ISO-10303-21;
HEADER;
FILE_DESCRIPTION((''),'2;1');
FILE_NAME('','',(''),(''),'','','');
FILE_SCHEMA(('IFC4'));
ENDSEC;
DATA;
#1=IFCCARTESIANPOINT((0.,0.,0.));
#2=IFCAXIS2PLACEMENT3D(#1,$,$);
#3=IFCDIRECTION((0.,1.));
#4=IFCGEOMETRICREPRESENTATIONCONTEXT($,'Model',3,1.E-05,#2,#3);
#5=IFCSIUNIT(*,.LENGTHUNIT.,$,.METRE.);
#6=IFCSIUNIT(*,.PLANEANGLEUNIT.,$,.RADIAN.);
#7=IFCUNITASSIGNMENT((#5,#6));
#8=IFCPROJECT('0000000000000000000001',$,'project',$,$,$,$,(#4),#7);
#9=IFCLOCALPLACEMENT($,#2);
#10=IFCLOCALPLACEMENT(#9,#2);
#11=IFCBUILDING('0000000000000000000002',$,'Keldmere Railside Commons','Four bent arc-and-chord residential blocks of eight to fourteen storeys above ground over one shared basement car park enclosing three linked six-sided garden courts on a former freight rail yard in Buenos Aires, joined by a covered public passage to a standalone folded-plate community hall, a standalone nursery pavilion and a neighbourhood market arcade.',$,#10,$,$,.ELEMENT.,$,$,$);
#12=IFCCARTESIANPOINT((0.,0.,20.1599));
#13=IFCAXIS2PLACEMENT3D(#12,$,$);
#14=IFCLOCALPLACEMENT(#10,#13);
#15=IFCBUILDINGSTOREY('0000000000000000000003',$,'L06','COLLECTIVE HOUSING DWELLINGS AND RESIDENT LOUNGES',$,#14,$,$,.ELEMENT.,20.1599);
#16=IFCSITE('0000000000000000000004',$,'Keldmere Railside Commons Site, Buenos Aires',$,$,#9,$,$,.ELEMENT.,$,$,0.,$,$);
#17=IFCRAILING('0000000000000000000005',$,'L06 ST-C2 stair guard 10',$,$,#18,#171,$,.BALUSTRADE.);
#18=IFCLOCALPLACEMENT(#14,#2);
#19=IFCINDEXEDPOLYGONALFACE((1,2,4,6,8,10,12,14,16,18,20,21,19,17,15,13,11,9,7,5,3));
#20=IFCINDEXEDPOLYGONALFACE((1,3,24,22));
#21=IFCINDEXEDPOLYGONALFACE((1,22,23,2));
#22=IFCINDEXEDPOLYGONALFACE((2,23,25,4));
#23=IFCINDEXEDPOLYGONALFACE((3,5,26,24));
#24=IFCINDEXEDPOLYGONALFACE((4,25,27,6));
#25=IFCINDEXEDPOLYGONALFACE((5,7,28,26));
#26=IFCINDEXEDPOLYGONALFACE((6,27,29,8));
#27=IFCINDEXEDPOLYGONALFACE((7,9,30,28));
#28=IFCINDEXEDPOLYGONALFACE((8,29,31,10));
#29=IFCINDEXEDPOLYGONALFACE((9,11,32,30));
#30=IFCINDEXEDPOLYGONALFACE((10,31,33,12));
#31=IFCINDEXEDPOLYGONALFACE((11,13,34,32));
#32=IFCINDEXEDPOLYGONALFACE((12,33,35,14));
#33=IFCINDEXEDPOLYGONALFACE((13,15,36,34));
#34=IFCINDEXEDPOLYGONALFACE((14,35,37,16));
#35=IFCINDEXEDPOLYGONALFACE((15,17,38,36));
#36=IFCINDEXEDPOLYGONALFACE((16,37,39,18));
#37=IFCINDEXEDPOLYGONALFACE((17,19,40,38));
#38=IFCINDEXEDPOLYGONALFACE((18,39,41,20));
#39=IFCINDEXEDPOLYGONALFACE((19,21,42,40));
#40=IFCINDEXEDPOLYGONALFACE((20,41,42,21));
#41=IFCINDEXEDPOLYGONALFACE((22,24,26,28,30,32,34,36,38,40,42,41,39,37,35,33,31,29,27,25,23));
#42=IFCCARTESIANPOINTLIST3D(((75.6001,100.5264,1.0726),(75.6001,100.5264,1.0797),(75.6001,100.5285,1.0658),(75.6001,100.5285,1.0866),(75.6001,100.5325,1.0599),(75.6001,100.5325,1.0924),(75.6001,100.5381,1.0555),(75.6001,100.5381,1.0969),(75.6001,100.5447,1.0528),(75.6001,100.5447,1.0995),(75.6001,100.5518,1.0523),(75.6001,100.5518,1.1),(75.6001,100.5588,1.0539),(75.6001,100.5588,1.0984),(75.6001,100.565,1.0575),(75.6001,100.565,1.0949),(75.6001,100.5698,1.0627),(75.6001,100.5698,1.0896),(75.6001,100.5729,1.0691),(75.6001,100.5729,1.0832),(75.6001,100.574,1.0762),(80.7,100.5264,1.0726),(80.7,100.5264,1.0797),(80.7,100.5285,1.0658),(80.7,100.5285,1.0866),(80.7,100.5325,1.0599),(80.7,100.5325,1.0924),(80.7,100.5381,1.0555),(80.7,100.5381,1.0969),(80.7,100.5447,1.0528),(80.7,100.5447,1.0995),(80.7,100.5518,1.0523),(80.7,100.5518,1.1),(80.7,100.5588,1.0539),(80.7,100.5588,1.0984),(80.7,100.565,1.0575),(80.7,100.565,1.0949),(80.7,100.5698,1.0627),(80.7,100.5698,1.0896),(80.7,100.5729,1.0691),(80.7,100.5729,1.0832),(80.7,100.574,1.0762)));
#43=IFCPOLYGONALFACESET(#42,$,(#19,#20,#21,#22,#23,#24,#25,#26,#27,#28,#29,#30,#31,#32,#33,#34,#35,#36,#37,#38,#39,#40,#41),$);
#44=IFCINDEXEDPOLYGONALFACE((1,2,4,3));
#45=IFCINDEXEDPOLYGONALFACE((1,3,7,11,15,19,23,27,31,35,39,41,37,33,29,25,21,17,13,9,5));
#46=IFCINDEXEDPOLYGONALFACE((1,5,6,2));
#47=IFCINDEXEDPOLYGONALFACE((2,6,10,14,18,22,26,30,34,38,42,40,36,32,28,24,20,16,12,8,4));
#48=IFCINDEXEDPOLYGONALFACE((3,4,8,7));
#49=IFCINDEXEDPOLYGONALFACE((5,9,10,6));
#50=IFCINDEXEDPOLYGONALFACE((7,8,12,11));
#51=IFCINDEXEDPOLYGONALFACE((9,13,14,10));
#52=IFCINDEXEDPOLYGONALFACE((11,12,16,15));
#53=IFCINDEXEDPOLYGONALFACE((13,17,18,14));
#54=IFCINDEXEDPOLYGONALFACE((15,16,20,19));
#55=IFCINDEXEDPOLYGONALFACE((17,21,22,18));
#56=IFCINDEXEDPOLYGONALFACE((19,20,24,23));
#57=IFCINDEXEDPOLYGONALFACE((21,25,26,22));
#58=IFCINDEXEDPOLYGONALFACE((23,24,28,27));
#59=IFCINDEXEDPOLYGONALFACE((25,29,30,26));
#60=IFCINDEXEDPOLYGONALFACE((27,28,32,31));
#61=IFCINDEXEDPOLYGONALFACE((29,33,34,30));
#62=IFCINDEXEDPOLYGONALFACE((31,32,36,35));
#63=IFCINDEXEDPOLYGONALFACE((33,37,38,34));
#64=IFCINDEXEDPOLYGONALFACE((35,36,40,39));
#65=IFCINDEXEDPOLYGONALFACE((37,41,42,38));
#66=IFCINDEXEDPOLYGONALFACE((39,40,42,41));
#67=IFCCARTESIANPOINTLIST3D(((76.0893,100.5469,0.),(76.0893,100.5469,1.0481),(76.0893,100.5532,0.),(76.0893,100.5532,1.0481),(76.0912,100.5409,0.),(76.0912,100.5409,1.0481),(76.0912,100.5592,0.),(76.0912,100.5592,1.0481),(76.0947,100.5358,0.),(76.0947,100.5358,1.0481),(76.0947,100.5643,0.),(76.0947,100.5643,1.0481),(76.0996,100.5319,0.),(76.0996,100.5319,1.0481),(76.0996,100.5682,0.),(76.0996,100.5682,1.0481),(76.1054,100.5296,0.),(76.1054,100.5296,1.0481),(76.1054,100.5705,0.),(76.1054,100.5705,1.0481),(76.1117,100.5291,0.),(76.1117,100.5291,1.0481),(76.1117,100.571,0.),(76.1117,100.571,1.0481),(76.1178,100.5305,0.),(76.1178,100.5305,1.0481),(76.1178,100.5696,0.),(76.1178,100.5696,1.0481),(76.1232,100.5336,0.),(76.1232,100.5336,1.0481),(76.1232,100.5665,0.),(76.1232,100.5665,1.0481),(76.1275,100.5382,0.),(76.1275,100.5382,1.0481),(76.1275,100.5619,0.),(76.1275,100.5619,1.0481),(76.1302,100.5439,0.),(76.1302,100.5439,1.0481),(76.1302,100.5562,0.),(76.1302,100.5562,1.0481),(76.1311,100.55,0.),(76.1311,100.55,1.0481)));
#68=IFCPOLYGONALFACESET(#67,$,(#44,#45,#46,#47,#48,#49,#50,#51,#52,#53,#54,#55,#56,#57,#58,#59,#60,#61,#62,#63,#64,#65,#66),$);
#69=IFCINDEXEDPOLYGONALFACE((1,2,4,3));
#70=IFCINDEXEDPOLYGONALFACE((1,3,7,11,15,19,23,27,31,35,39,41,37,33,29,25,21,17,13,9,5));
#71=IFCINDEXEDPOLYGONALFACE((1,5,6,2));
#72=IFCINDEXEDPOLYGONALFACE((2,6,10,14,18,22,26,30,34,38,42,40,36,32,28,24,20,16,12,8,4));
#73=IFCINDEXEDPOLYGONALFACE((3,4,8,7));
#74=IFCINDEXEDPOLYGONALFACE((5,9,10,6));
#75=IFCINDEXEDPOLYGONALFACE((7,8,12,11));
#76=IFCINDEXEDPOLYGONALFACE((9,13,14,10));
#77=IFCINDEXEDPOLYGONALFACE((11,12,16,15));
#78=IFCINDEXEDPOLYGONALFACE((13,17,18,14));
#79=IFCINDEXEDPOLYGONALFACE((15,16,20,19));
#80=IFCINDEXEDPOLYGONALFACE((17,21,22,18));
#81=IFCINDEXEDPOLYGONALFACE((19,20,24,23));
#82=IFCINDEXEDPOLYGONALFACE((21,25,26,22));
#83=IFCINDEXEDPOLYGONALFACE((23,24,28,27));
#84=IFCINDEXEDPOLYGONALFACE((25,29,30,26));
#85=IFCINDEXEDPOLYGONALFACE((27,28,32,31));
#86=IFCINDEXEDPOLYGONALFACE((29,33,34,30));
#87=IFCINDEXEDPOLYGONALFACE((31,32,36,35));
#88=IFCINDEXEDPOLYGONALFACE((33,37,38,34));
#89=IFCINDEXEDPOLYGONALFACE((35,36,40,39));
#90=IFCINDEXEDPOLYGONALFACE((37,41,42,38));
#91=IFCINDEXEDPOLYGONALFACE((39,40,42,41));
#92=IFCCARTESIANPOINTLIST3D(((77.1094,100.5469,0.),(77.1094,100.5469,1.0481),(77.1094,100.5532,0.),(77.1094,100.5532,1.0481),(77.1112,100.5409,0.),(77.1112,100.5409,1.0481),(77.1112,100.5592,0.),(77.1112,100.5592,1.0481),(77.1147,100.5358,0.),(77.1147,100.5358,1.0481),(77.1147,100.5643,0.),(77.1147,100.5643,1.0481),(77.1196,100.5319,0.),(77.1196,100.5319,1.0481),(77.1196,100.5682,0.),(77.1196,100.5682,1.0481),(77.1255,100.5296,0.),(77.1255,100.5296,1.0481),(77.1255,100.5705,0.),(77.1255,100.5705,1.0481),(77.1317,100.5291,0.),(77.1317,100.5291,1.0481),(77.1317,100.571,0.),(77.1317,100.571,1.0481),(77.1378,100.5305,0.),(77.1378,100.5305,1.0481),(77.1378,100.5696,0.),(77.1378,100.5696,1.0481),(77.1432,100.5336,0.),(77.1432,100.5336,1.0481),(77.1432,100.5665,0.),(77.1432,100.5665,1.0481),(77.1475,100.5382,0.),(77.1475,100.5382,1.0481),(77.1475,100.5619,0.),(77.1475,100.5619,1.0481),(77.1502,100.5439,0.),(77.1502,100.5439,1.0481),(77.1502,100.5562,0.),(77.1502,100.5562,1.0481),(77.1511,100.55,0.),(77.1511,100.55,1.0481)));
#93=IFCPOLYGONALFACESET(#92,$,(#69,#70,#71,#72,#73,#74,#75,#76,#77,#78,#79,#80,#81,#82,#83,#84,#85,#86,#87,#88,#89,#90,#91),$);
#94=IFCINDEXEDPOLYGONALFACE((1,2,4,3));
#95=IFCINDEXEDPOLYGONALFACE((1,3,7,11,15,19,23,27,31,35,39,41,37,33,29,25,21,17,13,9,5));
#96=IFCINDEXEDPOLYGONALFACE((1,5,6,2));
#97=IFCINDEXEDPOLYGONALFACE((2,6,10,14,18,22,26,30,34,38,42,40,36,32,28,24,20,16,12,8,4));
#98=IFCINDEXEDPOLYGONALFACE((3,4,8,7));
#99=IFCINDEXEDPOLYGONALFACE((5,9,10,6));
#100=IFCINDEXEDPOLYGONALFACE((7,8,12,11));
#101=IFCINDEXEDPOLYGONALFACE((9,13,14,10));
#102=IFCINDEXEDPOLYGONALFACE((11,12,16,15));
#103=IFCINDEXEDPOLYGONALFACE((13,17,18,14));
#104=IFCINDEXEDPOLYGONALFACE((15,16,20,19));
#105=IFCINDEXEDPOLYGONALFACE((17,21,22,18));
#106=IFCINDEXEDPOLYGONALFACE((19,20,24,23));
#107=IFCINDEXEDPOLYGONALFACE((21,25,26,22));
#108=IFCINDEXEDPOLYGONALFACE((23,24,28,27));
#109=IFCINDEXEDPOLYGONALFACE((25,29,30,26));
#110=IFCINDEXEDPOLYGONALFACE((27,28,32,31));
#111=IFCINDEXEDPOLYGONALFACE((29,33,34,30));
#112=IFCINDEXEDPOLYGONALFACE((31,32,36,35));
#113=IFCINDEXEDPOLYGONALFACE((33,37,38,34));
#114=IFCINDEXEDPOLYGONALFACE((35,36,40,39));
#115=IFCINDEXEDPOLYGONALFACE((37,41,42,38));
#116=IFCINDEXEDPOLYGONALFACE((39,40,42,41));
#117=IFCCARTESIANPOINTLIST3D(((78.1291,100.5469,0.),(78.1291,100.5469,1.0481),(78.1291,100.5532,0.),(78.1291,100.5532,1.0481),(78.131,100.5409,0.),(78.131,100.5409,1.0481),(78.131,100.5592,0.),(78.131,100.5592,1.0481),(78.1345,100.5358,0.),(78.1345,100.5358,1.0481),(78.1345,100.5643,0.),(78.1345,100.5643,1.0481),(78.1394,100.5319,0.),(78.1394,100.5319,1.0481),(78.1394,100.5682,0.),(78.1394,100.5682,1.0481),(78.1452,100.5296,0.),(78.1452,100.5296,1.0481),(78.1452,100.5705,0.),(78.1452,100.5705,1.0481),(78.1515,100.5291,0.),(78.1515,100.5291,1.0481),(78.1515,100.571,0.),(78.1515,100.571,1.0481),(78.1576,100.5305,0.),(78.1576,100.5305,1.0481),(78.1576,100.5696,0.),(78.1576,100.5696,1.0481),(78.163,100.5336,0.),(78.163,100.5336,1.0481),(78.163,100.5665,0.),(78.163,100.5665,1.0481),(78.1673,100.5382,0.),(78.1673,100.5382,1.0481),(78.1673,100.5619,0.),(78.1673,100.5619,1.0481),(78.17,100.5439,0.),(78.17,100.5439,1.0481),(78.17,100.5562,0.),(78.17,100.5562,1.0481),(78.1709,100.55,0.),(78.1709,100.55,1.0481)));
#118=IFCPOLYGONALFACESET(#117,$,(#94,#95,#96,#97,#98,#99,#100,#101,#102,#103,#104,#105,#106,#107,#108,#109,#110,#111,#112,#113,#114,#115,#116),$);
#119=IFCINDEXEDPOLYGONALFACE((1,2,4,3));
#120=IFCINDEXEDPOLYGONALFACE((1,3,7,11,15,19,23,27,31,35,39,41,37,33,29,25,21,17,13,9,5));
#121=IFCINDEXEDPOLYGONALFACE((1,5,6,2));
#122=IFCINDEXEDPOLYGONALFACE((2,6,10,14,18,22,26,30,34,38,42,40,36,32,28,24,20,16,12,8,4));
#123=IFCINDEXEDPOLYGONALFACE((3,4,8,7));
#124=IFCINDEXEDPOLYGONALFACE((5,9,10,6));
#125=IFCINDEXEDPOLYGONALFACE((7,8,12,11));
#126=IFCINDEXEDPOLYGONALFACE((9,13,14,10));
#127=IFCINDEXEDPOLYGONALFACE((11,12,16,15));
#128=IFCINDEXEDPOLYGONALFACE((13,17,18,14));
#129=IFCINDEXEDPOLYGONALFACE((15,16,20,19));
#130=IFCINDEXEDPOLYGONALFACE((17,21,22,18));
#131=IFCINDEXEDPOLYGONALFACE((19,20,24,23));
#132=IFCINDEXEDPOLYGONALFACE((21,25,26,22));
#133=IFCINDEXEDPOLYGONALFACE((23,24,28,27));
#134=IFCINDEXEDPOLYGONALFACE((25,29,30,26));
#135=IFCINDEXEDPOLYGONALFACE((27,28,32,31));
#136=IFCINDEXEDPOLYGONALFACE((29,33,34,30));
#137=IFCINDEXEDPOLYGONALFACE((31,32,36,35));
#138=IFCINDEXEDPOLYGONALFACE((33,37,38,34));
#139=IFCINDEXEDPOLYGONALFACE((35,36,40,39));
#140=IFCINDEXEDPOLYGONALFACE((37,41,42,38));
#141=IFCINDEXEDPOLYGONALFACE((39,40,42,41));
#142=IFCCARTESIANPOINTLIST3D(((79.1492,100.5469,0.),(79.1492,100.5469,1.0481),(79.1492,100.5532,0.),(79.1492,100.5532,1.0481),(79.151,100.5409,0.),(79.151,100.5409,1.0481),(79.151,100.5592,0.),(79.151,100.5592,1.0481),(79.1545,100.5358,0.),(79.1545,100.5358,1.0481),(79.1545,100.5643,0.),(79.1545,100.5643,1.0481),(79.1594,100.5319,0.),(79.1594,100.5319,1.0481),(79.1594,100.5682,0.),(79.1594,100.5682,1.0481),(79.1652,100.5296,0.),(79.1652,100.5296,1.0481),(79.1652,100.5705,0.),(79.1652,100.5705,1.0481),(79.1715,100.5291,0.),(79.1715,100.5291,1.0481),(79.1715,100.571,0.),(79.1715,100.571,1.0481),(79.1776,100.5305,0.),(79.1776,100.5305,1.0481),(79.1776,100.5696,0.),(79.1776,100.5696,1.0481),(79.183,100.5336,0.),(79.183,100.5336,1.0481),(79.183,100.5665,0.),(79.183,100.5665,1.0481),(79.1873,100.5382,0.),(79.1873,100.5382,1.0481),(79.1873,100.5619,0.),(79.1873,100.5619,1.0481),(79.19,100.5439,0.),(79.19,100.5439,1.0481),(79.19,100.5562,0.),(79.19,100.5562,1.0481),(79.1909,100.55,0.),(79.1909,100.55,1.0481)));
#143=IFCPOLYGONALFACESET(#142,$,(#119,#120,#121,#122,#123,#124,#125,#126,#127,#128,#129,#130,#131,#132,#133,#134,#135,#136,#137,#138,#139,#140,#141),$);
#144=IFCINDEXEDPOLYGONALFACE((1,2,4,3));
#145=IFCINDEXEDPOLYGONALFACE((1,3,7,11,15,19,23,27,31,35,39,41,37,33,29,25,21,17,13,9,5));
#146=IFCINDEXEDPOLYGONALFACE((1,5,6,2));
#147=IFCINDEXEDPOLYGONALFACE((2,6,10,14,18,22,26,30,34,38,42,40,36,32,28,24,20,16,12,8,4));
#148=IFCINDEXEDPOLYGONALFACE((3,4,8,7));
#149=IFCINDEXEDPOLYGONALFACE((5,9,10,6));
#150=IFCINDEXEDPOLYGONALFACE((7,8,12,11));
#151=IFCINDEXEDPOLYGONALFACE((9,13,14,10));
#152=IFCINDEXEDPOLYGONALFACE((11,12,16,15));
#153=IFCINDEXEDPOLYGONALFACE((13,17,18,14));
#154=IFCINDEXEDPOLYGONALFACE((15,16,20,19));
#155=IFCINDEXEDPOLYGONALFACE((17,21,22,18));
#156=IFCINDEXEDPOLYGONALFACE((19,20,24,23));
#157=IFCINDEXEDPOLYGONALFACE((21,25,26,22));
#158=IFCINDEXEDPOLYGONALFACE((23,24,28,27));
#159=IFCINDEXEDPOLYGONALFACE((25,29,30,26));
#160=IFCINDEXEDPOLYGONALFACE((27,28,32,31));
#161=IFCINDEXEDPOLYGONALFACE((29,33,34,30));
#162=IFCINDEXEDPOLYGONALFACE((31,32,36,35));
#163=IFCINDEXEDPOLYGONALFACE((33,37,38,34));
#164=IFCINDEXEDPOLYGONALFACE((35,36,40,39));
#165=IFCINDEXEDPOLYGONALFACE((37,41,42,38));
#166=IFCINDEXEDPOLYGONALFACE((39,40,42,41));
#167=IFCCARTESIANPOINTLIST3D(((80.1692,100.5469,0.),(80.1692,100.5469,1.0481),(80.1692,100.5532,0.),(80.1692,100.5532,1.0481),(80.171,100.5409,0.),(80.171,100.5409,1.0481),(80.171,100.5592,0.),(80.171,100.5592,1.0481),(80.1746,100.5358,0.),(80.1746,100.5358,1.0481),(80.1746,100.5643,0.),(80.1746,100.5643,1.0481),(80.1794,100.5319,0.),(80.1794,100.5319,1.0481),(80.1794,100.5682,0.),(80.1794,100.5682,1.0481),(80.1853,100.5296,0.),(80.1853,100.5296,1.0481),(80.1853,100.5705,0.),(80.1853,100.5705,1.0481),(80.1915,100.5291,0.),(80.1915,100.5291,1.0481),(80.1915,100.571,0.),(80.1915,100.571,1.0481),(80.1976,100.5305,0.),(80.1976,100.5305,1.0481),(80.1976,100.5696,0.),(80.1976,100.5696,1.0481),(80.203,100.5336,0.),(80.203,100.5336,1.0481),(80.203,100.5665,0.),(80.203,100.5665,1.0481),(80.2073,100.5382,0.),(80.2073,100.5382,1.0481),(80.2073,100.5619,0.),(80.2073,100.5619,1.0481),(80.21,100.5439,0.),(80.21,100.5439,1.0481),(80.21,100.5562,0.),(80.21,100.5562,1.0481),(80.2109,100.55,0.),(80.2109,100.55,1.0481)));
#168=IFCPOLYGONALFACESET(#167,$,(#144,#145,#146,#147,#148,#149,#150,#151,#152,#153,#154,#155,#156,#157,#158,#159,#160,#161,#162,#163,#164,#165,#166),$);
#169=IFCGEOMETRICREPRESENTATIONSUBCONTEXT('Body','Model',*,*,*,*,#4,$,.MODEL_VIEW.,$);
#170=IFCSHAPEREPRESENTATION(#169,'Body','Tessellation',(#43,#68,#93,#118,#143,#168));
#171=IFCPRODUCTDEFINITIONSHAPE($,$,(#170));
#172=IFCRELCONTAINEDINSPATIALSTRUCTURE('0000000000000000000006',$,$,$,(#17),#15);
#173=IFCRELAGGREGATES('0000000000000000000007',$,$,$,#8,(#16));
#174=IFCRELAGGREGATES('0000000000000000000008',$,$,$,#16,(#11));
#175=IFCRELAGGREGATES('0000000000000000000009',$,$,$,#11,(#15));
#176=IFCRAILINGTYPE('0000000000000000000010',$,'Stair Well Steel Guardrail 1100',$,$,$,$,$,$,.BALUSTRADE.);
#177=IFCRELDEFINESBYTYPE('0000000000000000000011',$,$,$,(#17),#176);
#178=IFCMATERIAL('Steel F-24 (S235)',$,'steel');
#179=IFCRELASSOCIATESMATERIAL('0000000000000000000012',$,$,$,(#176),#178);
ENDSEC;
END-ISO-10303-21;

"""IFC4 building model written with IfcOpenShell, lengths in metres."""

from ifc_helpers import new_model, si_unit, direction, frame, origin, origin_2d, place, context, subcontext, project, spatial, circle, extrude, material, type_object, element, save


model = new_model("IFC4")

# Units and contexts
model_context = context("Model", 3, precision=1e-05, world=origin(), true_north=direction((0.0, 1.0)))
body_context = subcontext(model_context, "Body", "Model", "MODEL_VIEW")
ifc_project = project(units=[si_unit("LENGTHUNIT", "METRE"), si_unit("PLANEANGLEUNIT", "RADIAN")], contexts=[model_context])

# Site, building, storey
site_placement = place(None, origin())
site = spatial("IfcSite", under=ifc_project, at=site_placement, Name="Keldmere Railside Commons Site, Buenos Aires", CompositionType="ELEMENT", RefElevation=0.0)
building_placement = place(site_placement, origin())
building = spatial("IfcBuilding", under=site, at=building_placement, Name="Keldmere Railside Commons", Description="Four bent arc-and-chord residential blocks of eight to fourteen storeys above ground over one shared basement car park enclosing three linked six-sided garden courts on a former freight rail yard in Buenos Aires, joined by a covered public passage to a standalone folded-plate community hall, a standalone nursery pavilion and a neighbourhood market arcade.", CompositionType="ELEMENT")
storey_placement = place(building_placement, frame((0.0, 0.0, 20.1599)))
storey = spatial("IfcBuildingStorey", under=building, at=storey_placement, Name="L06", Description="COLLECTIVE HOUSING DWELLINGS AND RESIDENT LOUNGES", CompositionType="ELEMENT", Elevation=20.1599)

# Railing
ifc_material_1 = material(Name="Steel F-24 (S235)", Category="steel")
railing_type_1 = type_object("IfcRailingType", Name="Stair Well Steel Guardrail 1100", PredefinedType="BALUSTRADE", material=ifc_material_1)
railing_1_placement = place(storey_placement, frame((75.6001, 100.55, 0.0)))
element("IfcRailing", 1, at=railing_1_placement, inside=storey, type_object=railing_type_1, Name="L06 ST-C2 stair guard 10", PredefinedType="BALUSTRADE", context=body_context, shape_type="SweptSolid", body=[
    extrude(circle(Radius=0.0239, at=origin_2d()), frame((0.0, 0.0, 1.0762), z_axis=(1.0, 0.0, 0.0), x_axis=(0.0, 1.0, 0.0)), (0.0, 0.0, 1.0), 5.0999),
    extrude(circle(Radius=0.021, at=origin_2d()), frame((0.51, 0.0, 0.0)), (0.0, 0.0, 1.0), 1.0481),
    extrude(circle(Radius=0.021, at=origin_2d()), frame((1.53, 0.0, 0.0)), (0.0, 0.0, 1.0), 1.0481),
    extrude(circle(Radius=0.021, at=origin_2d()), frame((2.5498, 0.0, 0.0)), (0.0, 0.0, 1.0), 1.0481),
    extrude(circle(Radius=0.021, at=origin_2d()), frame((3.5698, 0.0, 0.0)), (0.0, 0.0, 1.0), 1.0481),
    extrude(circle(Radius=0.021, at=origin_2d()), frame((4.5898, 0.0, 0.0)), (0.0, 0.0, 1.0), 1.0481),
])

save(model, "model.ifc")
